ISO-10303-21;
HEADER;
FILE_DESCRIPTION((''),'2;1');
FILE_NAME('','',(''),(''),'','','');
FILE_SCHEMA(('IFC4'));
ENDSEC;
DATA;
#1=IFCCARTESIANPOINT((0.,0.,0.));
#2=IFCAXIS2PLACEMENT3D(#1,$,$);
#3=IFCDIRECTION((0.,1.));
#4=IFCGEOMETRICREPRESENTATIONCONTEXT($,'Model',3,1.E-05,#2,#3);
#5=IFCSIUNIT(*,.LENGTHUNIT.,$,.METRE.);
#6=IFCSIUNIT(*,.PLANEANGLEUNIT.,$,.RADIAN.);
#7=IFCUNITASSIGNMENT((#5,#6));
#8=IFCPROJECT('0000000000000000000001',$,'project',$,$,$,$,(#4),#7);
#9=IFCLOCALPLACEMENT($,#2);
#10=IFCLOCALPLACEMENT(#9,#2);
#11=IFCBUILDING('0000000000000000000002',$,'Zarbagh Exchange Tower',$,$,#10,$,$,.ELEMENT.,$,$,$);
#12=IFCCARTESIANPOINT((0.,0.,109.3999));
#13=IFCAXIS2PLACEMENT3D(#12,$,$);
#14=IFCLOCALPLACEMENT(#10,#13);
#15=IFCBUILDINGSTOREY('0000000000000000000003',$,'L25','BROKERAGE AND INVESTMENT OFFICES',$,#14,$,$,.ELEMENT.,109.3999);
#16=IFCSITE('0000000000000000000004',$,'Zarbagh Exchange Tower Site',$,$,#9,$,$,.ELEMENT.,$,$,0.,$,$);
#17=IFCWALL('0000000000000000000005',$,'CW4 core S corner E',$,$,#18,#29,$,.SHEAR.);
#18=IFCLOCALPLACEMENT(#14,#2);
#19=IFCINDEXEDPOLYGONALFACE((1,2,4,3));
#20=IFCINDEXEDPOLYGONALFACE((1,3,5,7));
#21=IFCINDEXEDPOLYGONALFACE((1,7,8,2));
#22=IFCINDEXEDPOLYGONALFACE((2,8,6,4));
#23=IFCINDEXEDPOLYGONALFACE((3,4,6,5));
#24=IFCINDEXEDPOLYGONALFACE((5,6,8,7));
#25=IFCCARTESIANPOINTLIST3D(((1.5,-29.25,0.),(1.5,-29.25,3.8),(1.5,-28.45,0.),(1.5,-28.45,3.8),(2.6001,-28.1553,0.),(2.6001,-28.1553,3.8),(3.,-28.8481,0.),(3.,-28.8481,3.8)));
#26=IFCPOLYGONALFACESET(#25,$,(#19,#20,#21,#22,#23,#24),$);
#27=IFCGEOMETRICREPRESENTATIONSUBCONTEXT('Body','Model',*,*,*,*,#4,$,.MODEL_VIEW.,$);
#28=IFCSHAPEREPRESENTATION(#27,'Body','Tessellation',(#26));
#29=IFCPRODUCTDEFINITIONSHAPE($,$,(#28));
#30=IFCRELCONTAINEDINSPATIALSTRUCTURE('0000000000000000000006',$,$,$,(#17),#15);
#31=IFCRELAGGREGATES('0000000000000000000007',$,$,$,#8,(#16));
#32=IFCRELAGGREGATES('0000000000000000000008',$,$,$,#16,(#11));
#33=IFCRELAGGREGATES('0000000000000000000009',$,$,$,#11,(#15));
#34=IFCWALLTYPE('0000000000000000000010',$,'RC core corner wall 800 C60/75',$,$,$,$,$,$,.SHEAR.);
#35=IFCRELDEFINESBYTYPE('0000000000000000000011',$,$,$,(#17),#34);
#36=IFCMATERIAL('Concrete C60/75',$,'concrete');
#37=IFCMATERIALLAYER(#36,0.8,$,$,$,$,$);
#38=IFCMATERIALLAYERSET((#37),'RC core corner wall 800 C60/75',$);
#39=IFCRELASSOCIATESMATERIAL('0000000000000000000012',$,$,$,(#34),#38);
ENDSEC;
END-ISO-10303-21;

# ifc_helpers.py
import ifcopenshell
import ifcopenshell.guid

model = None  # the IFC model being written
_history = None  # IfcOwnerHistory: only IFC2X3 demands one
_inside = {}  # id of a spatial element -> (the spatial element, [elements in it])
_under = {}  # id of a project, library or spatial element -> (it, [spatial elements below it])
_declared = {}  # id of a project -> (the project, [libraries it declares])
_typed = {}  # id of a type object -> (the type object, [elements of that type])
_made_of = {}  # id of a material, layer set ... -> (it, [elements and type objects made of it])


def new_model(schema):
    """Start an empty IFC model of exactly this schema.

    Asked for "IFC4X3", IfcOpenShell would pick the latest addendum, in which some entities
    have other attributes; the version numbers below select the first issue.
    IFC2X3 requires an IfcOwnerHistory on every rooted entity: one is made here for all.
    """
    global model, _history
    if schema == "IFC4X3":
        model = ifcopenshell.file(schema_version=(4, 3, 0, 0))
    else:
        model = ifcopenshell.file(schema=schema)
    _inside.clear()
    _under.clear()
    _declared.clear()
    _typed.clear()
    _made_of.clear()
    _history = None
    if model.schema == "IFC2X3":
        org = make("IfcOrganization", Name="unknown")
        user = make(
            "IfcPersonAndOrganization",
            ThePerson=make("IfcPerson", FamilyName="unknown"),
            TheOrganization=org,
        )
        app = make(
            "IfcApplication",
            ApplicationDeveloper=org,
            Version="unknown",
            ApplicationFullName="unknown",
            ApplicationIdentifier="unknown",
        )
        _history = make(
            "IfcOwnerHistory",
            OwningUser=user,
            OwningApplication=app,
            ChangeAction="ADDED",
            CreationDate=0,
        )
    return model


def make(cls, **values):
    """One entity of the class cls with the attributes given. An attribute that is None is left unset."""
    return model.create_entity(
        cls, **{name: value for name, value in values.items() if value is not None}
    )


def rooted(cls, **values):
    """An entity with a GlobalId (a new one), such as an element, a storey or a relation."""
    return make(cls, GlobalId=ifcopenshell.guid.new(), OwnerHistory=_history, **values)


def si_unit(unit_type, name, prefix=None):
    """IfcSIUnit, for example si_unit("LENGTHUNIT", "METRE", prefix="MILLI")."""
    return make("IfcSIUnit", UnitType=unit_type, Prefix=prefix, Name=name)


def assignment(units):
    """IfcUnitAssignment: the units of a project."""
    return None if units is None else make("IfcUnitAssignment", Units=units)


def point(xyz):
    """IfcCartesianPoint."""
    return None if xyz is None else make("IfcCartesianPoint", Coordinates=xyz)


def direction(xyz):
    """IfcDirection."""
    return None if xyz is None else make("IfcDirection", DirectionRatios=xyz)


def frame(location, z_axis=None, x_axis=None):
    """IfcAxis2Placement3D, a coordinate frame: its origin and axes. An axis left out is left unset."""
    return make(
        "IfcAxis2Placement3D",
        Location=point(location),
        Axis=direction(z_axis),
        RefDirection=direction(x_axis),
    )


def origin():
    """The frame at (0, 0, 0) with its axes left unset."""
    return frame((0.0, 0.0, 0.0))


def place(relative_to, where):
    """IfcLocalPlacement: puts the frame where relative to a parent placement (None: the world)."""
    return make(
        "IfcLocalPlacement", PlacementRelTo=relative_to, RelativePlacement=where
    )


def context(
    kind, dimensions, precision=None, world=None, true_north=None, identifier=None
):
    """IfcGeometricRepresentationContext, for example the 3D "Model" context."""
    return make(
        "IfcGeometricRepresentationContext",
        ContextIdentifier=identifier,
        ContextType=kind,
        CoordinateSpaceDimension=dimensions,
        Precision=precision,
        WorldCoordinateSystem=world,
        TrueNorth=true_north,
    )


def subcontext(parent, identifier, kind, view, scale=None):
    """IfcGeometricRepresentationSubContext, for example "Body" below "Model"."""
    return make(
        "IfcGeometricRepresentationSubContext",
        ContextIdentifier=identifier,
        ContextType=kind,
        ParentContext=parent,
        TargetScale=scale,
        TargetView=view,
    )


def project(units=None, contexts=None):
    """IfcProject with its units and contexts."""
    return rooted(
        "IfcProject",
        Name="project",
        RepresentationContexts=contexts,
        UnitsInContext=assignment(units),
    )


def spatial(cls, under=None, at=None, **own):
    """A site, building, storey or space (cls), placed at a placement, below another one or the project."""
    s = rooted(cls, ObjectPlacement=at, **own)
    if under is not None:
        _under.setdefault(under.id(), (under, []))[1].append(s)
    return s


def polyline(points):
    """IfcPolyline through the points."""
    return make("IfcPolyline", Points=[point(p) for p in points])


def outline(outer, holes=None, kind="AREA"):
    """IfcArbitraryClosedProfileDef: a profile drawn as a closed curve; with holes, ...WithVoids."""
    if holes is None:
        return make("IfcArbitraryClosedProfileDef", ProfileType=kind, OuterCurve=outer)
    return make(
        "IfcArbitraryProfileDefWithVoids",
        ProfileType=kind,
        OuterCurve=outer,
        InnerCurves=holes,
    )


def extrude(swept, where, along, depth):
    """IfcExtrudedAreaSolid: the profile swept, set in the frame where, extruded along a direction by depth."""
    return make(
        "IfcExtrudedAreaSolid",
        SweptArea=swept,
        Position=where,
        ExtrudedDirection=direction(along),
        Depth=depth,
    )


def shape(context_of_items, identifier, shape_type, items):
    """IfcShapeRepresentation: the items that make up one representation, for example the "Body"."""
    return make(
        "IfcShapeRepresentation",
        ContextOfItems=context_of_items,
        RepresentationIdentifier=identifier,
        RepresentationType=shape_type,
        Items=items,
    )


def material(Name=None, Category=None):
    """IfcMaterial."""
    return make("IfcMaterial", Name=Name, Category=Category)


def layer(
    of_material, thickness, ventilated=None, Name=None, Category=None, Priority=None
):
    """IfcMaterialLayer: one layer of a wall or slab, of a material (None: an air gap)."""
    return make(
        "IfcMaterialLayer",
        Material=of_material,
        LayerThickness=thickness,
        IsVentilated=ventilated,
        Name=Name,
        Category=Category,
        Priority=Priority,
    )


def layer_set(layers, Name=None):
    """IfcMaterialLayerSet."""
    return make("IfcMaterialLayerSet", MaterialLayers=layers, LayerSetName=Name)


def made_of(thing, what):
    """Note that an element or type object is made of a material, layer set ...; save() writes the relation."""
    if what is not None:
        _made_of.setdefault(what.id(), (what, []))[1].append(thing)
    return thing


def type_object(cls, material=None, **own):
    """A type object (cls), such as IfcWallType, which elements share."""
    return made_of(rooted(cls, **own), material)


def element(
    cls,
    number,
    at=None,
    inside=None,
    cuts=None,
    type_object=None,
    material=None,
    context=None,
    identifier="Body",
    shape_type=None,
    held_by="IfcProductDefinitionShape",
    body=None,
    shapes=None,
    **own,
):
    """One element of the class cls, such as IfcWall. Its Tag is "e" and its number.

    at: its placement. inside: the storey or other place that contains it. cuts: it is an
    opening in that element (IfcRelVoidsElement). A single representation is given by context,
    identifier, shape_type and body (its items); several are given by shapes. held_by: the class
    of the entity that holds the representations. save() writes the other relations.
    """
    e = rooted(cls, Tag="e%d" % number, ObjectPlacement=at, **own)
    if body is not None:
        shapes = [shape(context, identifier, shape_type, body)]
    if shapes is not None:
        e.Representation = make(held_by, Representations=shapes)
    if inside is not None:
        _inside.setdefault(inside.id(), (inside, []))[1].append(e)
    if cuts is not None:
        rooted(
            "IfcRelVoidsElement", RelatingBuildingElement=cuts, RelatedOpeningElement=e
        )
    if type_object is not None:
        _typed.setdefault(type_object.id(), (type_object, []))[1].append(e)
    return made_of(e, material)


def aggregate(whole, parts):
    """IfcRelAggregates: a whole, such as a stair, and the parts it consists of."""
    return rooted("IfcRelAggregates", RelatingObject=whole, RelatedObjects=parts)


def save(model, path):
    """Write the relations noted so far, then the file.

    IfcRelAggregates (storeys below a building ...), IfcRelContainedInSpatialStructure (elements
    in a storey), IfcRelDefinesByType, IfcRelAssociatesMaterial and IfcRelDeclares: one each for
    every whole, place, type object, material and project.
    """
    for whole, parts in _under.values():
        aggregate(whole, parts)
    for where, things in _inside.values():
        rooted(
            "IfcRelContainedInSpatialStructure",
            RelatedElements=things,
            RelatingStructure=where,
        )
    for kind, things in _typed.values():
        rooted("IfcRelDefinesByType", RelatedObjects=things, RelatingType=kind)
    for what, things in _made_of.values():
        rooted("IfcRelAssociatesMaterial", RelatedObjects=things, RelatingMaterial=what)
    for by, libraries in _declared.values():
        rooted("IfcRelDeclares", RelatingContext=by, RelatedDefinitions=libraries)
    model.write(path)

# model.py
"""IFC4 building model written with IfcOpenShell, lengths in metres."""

from ifc_helpers import new_model, si_unit, direction, frame, origin, place, context, subcontext, project, spatial, polyline, outline, extrude, material, layer, layer_set, type_object, element, save


model = new_model("IFC4")

# Units and contexts
model_context = context("Model", 3, precision=1e-05, world=origin(), true_north=direction((0.0, 1.0)))
body_context = subcontext(model_context, "Body", "Model", "MODEL_VIEW")
ifc_project = project(units=[si_unit("LENGTHUNIT", "METRE"), si_unit("PLANEANGLEUNIT", "RADIAN")], contexts=[model_context])

# Site, building, storey
site_placement = place(None, origin())
site = spatial("IfcSite", under=ifc_project, at=site_placement, Name="Zarbagh Exchange Tower Site", CompositionType="ELEMENT", RefElevation=0.0)
building_placement = place(site_placement, origin())
building = spatial("IfcBuilding", under=site, at=building_placement, Name="Zarbagh Exchange Tower", CompositionType="ELEMENT")
storey_placement = place(building_placement, frame((0.0, 0.0, 109.3999)))
storey = spatial("IfcBuildingStorey", under=building, at=storey_placement, Name="L25", Description="BROKERAGE AND INVESTMENT OFFICES", CompositionType="ELEMENT", Elevation=109.3999)

# Wall
ifc_material_1 = material(Name="Concrete C60/75", Category="concrete")
ifc_layer_1 = layer(ifc_material_1, 0.8)
ifc_layer_set_1 = layer_set([ifc_layer_1], Name="RC core corner wall 800 C60/75")
wall_type = type_object("IfcWallType", Name="RC core corner wall 800 C60/75", PredefinedType="SHEAR", material=ifc_layer_set_1)
wall_1_placement = place(storey_placement, origin())
element("IfcWall", 1, at=wall_1_placement, inside=storey, type_object=wall_type, Name="CW4 core S corner E", PredefinedType="SHEAR", context=body_context, shape_type="SweptSolid", body=[
    extrude(outline(polyline([(3.0, -28.8481), (1.5, -29.25), (1.5, -28.45), (2.6001, -28.1553), (3.0, -28.8481)])), origin(), (0.0, 0.0, 1.0), 3.8),
])

save(model, "model.ifc")
